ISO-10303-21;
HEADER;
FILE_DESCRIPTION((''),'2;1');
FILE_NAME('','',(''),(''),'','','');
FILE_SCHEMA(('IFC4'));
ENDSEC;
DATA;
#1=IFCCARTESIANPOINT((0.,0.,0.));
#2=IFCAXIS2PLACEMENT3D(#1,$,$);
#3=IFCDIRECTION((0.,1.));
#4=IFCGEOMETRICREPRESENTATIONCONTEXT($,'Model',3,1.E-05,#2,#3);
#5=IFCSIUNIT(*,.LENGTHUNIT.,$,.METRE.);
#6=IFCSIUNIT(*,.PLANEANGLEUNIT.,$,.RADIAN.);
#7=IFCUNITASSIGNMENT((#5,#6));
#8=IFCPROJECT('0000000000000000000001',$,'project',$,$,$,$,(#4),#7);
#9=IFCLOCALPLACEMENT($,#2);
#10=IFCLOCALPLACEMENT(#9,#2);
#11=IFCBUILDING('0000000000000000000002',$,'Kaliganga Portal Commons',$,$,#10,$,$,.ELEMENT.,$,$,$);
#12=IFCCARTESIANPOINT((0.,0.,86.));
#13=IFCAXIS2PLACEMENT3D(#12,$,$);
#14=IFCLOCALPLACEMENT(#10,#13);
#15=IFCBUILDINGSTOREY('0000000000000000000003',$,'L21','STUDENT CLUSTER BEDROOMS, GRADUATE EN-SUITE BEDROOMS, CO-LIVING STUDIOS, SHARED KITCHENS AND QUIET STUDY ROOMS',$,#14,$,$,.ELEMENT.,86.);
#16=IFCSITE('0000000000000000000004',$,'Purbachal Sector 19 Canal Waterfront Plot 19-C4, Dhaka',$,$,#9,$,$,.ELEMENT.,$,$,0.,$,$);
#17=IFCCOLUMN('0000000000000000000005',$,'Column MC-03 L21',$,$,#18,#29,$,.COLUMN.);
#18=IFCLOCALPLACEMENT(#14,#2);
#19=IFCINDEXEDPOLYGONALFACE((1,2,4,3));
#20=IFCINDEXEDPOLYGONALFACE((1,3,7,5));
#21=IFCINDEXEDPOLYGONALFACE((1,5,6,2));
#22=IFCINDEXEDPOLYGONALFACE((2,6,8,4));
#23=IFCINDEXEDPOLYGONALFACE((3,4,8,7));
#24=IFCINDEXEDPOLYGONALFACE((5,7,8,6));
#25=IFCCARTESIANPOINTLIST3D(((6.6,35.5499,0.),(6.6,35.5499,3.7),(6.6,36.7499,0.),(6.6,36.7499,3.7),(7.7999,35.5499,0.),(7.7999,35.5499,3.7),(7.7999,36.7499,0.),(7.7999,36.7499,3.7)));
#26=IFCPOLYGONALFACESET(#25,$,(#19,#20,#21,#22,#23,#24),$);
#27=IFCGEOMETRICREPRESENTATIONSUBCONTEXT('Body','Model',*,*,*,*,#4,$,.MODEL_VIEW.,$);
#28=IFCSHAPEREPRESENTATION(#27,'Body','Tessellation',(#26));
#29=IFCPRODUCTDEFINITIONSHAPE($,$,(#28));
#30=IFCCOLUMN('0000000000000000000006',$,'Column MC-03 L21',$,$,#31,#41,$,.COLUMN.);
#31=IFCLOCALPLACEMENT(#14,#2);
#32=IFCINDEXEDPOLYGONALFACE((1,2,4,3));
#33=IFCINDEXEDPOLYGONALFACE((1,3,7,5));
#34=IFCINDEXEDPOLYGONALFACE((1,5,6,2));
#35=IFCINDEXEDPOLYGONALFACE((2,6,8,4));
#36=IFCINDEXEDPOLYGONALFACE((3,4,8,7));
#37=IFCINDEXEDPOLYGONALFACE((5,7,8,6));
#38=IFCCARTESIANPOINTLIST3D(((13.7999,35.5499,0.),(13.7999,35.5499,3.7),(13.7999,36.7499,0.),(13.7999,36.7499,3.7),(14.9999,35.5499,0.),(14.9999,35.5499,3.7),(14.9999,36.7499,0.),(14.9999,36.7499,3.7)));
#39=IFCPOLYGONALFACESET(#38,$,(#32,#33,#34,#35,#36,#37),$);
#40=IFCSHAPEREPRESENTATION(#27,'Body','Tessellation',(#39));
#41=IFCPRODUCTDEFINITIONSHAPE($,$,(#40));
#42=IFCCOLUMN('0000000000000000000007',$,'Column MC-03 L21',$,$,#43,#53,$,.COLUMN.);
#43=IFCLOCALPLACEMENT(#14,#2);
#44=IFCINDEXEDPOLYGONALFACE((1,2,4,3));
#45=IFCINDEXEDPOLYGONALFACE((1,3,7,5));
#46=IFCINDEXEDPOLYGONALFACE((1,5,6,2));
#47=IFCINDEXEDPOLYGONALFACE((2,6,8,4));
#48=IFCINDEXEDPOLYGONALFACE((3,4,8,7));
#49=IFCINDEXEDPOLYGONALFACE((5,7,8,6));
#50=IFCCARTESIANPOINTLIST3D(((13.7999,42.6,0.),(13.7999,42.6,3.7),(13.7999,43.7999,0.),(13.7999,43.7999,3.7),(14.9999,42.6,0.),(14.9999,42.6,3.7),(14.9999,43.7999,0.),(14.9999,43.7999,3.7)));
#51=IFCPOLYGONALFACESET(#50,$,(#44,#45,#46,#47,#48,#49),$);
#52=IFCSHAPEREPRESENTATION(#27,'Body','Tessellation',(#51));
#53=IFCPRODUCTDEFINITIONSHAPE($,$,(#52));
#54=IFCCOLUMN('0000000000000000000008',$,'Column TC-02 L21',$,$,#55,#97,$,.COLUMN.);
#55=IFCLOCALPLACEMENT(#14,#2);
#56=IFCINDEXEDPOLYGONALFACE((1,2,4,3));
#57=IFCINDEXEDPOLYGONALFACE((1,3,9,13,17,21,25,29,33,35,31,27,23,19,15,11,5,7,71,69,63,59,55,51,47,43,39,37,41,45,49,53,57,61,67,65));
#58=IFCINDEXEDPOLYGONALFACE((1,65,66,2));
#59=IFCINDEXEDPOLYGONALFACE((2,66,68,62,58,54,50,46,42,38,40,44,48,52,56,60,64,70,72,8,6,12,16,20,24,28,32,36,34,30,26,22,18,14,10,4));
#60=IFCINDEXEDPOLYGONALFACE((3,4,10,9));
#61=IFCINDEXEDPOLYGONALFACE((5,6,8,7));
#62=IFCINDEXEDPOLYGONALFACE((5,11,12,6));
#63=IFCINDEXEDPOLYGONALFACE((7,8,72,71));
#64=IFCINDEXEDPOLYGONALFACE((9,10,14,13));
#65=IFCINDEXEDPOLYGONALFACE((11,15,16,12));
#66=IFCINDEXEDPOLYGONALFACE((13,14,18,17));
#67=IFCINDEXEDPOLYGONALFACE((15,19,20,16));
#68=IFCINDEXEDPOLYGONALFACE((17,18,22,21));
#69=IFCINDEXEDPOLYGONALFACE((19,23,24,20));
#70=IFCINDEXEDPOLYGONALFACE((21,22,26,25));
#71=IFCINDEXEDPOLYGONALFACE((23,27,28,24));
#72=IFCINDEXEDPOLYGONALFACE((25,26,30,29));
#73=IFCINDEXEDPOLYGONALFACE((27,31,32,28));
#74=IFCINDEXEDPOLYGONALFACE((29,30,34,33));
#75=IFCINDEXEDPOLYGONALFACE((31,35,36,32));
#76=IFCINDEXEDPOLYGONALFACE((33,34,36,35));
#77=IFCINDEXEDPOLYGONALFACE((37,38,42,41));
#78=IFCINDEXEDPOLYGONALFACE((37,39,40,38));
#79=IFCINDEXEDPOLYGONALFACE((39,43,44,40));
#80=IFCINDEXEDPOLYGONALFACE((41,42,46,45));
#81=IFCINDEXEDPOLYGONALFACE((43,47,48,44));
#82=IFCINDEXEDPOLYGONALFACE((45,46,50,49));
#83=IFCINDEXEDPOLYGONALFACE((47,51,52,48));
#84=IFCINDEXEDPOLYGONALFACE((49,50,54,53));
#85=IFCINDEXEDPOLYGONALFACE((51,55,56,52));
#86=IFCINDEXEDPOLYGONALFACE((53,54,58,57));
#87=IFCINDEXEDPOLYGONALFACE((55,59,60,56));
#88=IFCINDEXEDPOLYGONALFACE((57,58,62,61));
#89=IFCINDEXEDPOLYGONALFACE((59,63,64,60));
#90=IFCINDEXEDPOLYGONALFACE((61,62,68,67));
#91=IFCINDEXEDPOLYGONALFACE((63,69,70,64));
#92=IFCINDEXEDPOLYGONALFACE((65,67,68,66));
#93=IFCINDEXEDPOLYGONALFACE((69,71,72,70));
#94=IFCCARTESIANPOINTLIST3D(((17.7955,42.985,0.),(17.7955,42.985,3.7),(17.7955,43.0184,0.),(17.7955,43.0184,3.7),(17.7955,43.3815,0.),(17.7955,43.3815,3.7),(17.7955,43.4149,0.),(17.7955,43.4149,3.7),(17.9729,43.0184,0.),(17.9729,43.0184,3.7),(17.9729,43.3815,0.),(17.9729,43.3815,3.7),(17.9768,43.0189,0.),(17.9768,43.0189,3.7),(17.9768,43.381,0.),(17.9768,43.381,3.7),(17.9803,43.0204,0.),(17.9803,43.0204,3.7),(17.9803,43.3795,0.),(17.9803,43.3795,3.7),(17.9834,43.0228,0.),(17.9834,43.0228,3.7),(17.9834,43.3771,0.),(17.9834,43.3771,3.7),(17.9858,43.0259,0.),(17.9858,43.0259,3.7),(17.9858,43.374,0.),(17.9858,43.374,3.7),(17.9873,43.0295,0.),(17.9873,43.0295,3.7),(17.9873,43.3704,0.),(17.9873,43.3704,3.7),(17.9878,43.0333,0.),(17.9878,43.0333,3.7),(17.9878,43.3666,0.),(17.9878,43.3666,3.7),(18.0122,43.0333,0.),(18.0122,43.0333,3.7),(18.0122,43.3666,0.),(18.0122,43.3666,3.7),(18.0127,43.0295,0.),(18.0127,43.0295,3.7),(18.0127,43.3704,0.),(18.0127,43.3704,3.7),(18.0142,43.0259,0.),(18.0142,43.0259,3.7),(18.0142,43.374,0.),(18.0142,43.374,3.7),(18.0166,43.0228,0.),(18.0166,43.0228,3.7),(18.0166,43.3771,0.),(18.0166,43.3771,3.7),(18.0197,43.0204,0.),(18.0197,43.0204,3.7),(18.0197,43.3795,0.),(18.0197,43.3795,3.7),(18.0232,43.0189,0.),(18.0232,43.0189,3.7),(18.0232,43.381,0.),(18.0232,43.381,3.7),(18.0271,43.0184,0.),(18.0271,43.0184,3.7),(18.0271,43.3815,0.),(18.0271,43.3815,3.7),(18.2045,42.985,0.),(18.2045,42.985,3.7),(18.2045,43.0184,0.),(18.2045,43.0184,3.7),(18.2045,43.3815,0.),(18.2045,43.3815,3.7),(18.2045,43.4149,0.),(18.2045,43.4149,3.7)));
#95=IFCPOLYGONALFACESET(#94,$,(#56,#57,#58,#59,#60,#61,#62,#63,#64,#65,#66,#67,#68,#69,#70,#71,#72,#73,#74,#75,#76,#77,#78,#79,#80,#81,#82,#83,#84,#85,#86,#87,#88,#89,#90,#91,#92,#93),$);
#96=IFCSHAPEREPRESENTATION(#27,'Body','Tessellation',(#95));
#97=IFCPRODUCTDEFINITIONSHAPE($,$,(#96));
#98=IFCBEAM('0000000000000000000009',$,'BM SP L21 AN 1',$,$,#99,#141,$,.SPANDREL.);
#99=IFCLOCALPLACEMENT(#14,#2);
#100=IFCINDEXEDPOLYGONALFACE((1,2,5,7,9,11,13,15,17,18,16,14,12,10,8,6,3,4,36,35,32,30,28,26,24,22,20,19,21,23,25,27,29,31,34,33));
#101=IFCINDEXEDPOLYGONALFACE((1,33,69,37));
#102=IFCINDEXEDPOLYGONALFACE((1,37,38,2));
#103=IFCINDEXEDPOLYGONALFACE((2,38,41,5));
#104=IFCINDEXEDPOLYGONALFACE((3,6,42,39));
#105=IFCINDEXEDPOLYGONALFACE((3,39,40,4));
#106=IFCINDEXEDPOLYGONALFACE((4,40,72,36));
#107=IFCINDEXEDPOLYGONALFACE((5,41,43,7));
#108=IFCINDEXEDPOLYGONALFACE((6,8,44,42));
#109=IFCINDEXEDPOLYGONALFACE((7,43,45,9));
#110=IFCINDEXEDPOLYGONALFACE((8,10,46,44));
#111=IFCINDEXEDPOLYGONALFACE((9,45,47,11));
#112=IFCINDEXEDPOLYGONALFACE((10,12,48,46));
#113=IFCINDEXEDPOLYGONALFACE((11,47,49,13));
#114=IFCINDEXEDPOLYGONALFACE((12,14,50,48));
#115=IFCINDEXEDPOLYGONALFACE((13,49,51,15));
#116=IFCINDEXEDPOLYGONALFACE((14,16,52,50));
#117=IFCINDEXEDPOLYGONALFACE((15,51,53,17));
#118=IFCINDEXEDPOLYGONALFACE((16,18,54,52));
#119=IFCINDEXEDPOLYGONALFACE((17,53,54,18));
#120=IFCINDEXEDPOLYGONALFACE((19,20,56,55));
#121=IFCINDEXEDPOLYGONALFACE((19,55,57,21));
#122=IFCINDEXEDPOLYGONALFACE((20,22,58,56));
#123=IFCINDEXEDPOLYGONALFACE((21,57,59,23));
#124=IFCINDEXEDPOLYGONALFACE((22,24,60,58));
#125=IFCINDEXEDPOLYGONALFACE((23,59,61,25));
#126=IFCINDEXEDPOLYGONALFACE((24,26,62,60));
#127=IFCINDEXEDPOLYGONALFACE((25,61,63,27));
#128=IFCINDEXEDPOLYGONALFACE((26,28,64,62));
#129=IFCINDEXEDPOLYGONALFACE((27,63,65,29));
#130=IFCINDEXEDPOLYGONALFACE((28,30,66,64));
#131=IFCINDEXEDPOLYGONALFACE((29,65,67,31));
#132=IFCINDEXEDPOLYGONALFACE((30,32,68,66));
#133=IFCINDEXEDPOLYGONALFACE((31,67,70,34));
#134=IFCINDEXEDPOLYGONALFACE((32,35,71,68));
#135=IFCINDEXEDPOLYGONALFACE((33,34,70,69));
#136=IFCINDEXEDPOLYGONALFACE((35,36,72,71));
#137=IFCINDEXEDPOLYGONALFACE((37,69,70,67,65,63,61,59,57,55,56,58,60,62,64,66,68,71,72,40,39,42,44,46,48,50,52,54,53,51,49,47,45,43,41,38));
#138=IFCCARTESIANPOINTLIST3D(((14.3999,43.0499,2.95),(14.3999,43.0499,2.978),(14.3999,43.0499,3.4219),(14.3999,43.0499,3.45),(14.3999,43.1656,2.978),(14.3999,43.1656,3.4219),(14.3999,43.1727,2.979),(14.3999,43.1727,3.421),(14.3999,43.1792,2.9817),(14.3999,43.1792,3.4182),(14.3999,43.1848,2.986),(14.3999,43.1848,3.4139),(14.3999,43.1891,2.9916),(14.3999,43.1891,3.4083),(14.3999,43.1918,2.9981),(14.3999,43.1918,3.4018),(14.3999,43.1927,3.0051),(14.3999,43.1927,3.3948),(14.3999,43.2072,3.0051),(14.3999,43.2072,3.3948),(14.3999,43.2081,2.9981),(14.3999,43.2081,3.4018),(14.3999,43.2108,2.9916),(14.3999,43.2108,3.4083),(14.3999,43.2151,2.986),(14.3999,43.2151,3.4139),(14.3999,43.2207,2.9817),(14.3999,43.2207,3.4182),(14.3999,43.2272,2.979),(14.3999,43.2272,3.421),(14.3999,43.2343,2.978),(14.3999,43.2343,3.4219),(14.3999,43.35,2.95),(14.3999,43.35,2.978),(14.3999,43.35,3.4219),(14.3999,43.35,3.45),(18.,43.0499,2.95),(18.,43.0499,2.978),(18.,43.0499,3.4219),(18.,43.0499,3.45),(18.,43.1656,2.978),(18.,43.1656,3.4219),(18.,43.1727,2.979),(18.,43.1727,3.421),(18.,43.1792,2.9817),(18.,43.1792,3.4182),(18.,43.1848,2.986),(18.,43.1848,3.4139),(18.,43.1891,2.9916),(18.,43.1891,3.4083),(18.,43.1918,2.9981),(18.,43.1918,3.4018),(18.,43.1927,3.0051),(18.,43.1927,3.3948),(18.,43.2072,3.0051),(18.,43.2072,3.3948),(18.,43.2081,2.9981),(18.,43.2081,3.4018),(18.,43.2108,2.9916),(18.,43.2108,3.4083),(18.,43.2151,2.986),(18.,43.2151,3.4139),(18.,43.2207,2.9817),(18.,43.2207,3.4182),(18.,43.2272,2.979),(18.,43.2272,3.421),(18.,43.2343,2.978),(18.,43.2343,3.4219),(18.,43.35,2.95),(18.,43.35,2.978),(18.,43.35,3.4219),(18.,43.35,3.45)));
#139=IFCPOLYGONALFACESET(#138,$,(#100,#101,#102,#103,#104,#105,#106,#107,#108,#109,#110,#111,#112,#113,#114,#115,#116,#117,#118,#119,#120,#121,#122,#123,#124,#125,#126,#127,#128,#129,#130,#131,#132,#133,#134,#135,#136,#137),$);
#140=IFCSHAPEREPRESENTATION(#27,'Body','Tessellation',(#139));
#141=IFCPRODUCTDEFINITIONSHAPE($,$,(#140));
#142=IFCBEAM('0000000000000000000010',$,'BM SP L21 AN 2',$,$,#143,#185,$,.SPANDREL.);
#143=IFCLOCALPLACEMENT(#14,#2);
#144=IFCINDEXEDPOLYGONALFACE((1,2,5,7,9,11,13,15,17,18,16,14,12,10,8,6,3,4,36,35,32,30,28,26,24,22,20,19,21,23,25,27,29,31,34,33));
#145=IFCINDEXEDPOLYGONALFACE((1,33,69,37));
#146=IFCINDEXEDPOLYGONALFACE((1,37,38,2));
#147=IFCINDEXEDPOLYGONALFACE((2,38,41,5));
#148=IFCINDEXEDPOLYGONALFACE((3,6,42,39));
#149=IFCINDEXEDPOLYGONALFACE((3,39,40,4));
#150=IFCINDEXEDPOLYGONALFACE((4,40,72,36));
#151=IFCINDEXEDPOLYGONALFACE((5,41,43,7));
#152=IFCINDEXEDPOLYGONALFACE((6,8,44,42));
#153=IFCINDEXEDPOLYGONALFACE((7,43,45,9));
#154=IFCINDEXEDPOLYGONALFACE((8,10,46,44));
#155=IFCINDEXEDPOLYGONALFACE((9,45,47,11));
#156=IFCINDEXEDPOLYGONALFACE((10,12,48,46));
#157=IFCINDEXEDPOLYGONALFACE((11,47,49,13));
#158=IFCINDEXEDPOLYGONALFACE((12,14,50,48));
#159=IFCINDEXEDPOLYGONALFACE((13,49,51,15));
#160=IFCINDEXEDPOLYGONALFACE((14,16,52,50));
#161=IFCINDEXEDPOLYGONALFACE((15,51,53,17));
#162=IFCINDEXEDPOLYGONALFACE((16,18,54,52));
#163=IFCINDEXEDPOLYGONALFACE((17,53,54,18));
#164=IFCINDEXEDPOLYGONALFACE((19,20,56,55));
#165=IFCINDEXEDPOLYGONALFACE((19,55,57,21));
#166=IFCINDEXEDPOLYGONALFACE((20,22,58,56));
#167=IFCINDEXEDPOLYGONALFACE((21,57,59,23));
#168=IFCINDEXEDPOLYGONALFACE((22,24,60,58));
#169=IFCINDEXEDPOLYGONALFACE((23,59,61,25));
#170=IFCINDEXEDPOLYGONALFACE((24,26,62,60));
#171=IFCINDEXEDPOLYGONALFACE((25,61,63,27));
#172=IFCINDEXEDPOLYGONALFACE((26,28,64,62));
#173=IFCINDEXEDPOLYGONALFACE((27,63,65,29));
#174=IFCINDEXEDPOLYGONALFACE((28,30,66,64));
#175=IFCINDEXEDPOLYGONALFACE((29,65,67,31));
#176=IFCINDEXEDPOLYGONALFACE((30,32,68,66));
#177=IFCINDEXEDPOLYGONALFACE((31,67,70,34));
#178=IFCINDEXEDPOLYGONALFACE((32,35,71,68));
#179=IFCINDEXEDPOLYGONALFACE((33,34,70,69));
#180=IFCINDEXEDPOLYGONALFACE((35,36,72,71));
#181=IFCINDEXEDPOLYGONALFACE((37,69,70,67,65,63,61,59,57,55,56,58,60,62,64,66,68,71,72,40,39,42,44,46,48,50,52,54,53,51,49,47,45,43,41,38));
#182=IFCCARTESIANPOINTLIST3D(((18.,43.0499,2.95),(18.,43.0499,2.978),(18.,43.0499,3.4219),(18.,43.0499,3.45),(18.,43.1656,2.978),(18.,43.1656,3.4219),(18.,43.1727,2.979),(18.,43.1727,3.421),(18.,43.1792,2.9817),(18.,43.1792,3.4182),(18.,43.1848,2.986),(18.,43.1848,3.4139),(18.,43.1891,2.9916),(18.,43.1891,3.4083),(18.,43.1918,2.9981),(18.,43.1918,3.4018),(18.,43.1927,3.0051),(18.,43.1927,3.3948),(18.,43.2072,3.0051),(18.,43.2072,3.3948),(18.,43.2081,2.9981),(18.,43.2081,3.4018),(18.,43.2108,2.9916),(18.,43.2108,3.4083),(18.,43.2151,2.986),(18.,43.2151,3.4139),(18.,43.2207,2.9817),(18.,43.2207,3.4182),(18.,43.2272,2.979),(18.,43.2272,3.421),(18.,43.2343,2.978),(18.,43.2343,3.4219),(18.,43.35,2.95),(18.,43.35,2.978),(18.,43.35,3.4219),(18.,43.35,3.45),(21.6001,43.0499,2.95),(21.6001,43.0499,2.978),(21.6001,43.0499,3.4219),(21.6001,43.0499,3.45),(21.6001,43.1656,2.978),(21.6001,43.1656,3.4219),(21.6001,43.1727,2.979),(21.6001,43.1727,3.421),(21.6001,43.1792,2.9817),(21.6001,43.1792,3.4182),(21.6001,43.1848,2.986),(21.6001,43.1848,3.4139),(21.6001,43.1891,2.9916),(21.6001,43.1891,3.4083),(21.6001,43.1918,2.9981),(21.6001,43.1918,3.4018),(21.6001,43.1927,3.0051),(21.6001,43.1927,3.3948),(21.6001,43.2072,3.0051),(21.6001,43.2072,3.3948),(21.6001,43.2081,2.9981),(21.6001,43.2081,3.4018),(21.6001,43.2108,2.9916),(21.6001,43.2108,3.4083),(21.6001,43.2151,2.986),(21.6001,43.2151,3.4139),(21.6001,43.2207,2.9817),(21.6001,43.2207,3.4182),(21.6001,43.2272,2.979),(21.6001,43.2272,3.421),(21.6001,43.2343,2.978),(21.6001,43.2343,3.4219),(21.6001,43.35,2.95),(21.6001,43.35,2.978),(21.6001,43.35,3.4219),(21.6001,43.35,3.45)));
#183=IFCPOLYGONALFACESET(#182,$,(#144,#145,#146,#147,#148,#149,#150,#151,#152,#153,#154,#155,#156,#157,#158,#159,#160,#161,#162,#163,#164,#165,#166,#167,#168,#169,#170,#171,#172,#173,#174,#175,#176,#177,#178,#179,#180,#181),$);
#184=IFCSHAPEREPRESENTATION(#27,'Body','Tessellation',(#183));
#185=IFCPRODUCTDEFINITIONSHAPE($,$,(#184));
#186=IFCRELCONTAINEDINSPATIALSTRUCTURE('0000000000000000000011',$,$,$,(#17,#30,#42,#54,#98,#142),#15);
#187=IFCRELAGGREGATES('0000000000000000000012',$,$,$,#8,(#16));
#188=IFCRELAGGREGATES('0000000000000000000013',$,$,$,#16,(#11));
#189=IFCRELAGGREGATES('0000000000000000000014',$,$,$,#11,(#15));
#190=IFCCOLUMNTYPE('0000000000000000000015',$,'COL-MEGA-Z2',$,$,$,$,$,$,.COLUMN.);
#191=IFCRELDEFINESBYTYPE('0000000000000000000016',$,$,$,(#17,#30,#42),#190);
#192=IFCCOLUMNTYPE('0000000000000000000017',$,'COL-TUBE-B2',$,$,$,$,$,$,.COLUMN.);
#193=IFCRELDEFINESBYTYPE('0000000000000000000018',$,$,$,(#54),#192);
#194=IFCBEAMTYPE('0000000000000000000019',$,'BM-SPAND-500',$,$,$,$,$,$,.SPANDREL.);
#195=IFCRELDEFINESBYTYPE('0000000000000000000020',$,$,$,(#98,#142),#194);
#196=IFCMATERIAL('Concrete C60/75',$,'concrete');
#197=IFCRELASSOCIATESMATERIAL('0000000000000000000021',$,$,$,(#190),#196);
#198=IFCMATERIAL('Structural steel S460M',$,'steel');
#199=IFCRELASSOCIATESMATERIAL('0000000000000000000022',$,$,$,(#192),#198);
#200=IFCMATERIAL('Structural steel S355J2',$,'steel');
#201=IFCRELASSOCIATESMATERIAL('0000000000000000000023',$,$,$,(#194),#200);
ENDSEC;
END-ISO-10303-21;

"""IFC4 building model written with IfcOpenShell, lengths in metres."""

from ifc_helpers import new_model, si_unit, direction, frame, origin, origin_2d, place, context, subcontext, project, spatial, rectangle, i_section, extrude, source, transform, mapped, material, material_profile, profile_set, type_object, element, save


model = new_model("IFC4")

# Units and contexts
model_context = context("Model", 3, precision=1e-05, world=origin(), true_north=direction((0.0, 1.0)))
body_context = subcontext(model_context, "Body", "Model", "MODEL_VIEW")
ifc_project = project(units=[si_unit("LENGTHUNIT", "METRE"), si_unit("PLANEANGLEUNIT", "RADIAN")], contexts=[model_context])

# Site, building, storey
site_placement = place(None, origin())
site = spatial("IfcSite", under=ifc_project, at=site_placement, Name="Purbachal Sector 19 Canal Waterfront Plot 19-C4, Dhaka", CompositionType="ELEMENT", RefElevation=0.0)
building_placement = place(site_placement, origin())
building = spatial("IfcBuilding", under=site, at=building_placement, Name="Kaliganga Portal Commons", CompositionType="ELEMENT")
storey_placement = place(building_placement, frame((0.0, 0.0, 86.0)))
storey = spatial("IfcBuildingStorey", under=building, at=storey_placement, Name="L21", Description="STUDENT CLUSTER BEDROOMS, GRADUATE EN-SUITE BEDROOMS, CO-LIVING STUDIOS, SHARED KITCHENS AND QUIET STUDY ROOMS", CompositionType="ELEMENT", Elevation=86.0)

# Columns
ifc_material_1 = material(Name="Concrete C60/75", Category="concrete")
ifc_material_profile_1 = material_profile(ifc_material_1, rectangle(XDim=1.2, YDim=1.2, at=origin_2d()), Name="RC 1200x1200")
ifc_profile_set_1 = profile_set([ifc_material_profile_1], Name="Concrete C60/75")
column_type_1 = type_object("IfcColumnType", Name="COL-MEGA-Z2", PredefinedType="COLUMN", material=ifc_profile_set_1)
shared_shape_1 = source(origin(), body_context, "Body", "SweptSolid", [
    extrude(rectangle(XDim=1.2, YDim=1.2, at=origin_2d()), origin(), (0.0, 0.0, 1.0), 3.7),
])
for number, where, z_axis, x_axis, name in (
    (1, (7.2, 36.1499, 0.0), (0.0, 0.0, 1.0), (1.0, 0.0, 0.0), "Column MC-03 L21"),
    (2, (14.3999, 36.1499, 0.0), (0.0, 0.0, 1.0), (1.0, 0.0, 0.0), "Column MC-03 L21"),
    (3, (14.3999, 43.2, 0.0), (0.0, 0.0, 1.0), (1.0, 0.0, 0.0), "Column MC-03 L21"),
):
    element("IfcColumn", number, at=place(storey_placement, frame(where, z_axis=z_axis, x_axis=x_axis)), inside=storey, type_object=column_type_1, Name=name, PredefinedType="COLUMN", context=body_context, shape_type="MappedRepresentation", body=[
        mapped(shared_shape_1, transform((0.0, 0.0, 0.0), x_axis=(1.0, 0.0, 0.0), y_axis=(0.0, 1.0, 0.0), z_axis=(0.0, 0.0, 1.0), scale=1.0)),
    ])
ifc_material_2 = material(Name="Structural steel S460M", Category="steel")
ifc_material_profile_2 = material_profile(ifc_material_2, i_section(OverallWidth=0.4089, OverallDepth=0.4299, WebThickness=0.0244, FlangeThickness=0.0334, FilletRadius=0.0149, at=origin_2d()), Name="HD 400x421")
ifc_profile_set_2 = profile_set([ifc_material_profile_2], Name="Structural steel S460M wide-flange")
column_type_2 = type_object("IfcColumnType", Name="COL-TUBE-B2", PredefinedType="COLUMN", material=ifc_profile_set_2)
shared_shape_2 = source(origin(), body_context, "Body", "SweptSolid", [
    extrude(i_section(OverallWidth=0.4089, OverallDepth=0.4299, WebThickness=0.0244, FlangeThickness=0.0334, FilletRadius=0.0149, at=origin_2d()), origin(), (0.0, 0.0, 1.0), 3.7),
])
column_placement = place(storey_placement, frame((18.0, 43.2, 0.0), z_axis=(0.0, 0.0, 1.0), x_axis=(1.0, 0.0, 0.0)))
element("IfcColumn", 4, at=column_placement, inside=storey, type_object=column_type_2, Name="Column TC-02 L21", PredefinedType="COLUMN", context=body_context, shape_type="MappedRepresentation", body=[
    mapped(shared_shape_2, transform((0.0, 0.0, 0.0), x_axis=(1.0, 0.0, 0.0), y_axis=(0.0, 1.0, 0.0), z_axis=(0.0, 0.0, 1.0), scale=1.0)),
])

# Beams
ifc_material_3 = material(Name="Structural steel S355J2", Category="steel")
ifc_material_profile_3 = material_profile(ifc_material_3, i_section(OverallWidth=0.3, OverallDepth=0.5, WebThickness=0.0144, FlangeThickness=0.0281, FilletRadius=0.0271, at=origin_2d()), Name="HE 500 B")
ifc_profile_set_3 = profile_set([ifc_material_profile_3], Name="Structural steel S355J2 wide-flange")
beam_type_1 = type_object("IfcBeamType", Name="BM-SPAND-500", PredefinedType="SPANDREL", material=ifc_profile_set_3)
shared_shape_3 = source(origin(), body_context, "Body", "SweptSolid", [
    extrude(i_section(OverallWidth=0.3, OverallDepth=0.5, WebThickness=0.0144, FlangeThickness=0.0281, FilletRadius=0.0271, at=origin_2d()), origin(), (0.0, 0.0, 1.0), 3.6001),
])
for number, where, z_axis, x_axis, name in (
    (5, (14.3999, 43.2, 3.2), (1.0, 0.0, 0.0), (0.0, 1.0, 0.0), "BM SP L21 AN 1"),
    (6, (18.0, 43.2, 3.2), (1.0, 0.0, 0.0), (0.0, 1.0, 0.0), "BM SP L21 AN 2"),
):
    element("IfcBeam", number, at=place(storey_placement, frame(where, z_axis=z_axis, x_axis=x_axis)), inside=storey, type_object=beam_type_1, Name=name, PredefinedType="SPANDREL", context=body_context, shape_type="MappedRepresentation", body=[
        mapped(shared_shape_3, transform((0.0, 0.0, 0.0), x_axis=(1.0, 0.0, 0.0), y_axis=(0.0, 1.0, 0.0), z_axis=(0.0, 0.0, 1.0), scale=1.0)),
    ])

save(model, "model.ifc")
